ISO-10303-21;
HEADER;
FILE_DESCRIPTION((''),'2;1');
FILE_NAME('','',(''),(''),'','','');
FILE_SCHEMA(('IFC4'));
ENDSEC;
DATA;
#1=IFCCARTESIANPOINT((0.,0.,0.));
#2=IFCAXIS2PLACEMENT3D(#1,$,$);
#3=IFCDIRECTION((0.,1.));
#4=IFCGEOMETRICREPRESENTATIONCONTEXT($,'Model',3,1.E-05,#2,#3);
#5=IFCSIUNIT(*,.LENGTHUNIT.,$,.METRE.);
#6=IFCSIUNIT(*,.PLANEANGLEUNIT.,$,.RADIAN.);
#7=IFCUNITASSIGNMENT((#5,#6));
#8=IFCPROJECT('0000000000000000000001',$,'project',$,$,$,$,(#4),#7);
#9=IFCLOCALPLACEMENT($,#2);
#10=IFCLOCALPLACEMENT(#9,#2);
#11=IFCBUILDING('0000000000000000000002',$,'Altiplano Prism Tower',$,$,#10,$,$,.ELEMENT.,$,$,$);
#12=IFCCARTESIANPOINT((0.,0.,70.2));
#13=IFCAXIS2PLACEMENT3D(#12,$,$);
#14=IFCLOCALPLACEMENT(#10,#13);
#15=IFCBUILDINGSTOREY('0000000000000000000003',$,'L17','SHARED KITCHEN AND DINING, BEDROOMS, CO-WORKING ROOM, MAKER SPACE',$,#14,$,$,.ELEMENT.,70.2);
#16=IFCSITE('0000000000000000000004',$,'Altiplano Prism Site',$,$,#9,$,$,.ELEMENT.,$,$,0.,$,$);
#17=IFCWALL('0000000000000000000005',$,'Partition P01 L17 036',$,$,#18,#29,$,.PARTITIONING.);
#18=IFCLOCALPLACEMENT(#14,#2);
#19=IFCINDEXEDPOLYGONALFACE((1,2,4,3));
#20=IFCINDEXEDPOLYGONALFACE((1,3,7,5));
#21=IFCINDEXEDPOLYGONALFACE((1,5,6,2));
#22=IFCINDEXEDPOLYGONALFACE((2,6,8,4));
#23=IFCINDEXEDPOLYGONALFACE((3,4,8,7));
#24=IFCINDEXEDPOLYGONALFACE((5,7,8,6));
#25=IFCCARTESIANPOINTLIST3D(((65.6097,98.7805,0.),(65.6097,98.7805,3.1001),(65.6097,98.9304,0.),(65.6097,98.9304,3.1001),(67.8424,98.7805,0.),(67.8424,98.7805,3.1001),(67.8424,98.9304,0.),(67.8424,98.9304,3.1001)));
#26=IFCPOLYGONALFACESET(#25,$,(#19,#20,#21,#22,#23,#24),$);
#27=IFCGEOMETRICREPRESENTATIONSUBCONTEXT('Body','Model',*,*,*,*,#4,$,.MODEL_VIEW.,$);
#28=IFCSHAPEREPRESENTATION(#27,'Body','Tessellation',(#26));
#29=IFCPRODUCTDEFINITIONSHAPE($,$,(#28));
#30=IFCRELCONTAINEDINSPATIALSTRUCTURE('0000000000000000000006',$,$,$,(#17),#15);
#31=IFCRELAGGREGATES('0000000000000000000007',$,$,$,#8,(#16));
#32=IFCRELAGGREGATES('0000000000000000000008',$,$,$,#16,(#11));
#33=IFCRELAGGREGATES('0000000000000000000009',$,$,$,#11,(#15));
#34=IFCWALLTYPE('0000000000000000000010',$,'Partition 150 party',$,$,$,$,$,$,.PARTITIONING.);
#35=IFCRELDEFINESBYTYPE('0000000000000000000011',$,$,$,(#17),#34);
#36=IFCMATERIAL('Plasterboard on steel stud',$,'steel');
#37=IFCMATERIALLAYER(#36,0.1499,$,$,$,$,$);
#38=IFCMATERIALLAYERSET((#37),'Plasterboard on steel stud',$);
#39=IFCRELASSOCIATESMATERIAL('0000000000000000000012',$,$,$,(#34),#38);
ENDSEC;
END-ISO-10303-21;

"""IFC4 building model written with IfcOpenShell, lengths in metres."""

from ifc_helpers import new_model, si_unit, direction, frame, frame_2d, origin, place, context, subcontext, project, spatial, rectangle, extrude, material, layer, layer_set, type_object, element, save


model = new_model("IFC4")

# Units and contexts
model_context = context("Model", 3, precision=1e-05, world=origin(), true_north=direction((0.0, 1.0)))
body_context = subcontext(model_context, "Body", "Model", "MODEL_VIEW")
ifc_project = project(units=[si_unit("LENGTHUNIT", "METRE"), si_unit("PLANEANGLEUNIT", "RADIAN")], contexts=[model_context])

# Site, building, storey
site_placement = place(None, origin())
site = spatial("IfcSite", under=ifc_project, at=site_placement, Name="Altiplano Prism Site", CompositionType="ELEMENT", RefElevation=0.0)
building_placement = place(site_placement, origin())
building = spatial("IfcBuilding", under=site, at=building_placement, Name="Altiplano Prism Tower", CompositionType="ELEMENT")
storey_placement = place(building_placement, frame((0.0, 0.0, 70.2)))
storey = spatial("IfcBuildingStorey", under=building, at=storey_placement, Name="L17", Description="SHARED KITCHEN AND DINING, BEDROOMS, CO-WORKING ROOM, MAKER SPACE", CompositionType="ELEMENT", Elevation=70.2)

# Shared definitions
ifc_material_1 = material(Name="Plasterboard on steel stud", Category="steel")

# Wall
ifc_layer_1 = layer(ifc_material_1, 0.1499)
ifc_layer_set_1 = layer_set([ifc_layer_1], Name="Plasterboard on steel stud")
wall_type_1 = type_object("IfcWallType", Name="Partition 150 party", PredefinedType="PARTITIONING", material=ifc_layer_set_1)
wall_1_placement = place(storey_placement, frame((65.6099, 98.8555, 0.0), z_axis=(0.0, 0.0, 1.0), x_axis=(1.0, 0.0, 0.0)))
element("IfcWall", 1, at=wall_1_placement, inside=storey, type_object=wall_type_1, Name="Partition P01 L17 036", PredefinedType="PARTITIONING", context=body_context, shape_type="SweptSolid", body=[
    extrude(rectangle(XDim=2.2327, YDim=0.1499, at=frame_2d((1.1162, 0.0))), origin(), (0.0, 0.0, 1.0), 3.1001),
])

save(model, "model.ifc")
